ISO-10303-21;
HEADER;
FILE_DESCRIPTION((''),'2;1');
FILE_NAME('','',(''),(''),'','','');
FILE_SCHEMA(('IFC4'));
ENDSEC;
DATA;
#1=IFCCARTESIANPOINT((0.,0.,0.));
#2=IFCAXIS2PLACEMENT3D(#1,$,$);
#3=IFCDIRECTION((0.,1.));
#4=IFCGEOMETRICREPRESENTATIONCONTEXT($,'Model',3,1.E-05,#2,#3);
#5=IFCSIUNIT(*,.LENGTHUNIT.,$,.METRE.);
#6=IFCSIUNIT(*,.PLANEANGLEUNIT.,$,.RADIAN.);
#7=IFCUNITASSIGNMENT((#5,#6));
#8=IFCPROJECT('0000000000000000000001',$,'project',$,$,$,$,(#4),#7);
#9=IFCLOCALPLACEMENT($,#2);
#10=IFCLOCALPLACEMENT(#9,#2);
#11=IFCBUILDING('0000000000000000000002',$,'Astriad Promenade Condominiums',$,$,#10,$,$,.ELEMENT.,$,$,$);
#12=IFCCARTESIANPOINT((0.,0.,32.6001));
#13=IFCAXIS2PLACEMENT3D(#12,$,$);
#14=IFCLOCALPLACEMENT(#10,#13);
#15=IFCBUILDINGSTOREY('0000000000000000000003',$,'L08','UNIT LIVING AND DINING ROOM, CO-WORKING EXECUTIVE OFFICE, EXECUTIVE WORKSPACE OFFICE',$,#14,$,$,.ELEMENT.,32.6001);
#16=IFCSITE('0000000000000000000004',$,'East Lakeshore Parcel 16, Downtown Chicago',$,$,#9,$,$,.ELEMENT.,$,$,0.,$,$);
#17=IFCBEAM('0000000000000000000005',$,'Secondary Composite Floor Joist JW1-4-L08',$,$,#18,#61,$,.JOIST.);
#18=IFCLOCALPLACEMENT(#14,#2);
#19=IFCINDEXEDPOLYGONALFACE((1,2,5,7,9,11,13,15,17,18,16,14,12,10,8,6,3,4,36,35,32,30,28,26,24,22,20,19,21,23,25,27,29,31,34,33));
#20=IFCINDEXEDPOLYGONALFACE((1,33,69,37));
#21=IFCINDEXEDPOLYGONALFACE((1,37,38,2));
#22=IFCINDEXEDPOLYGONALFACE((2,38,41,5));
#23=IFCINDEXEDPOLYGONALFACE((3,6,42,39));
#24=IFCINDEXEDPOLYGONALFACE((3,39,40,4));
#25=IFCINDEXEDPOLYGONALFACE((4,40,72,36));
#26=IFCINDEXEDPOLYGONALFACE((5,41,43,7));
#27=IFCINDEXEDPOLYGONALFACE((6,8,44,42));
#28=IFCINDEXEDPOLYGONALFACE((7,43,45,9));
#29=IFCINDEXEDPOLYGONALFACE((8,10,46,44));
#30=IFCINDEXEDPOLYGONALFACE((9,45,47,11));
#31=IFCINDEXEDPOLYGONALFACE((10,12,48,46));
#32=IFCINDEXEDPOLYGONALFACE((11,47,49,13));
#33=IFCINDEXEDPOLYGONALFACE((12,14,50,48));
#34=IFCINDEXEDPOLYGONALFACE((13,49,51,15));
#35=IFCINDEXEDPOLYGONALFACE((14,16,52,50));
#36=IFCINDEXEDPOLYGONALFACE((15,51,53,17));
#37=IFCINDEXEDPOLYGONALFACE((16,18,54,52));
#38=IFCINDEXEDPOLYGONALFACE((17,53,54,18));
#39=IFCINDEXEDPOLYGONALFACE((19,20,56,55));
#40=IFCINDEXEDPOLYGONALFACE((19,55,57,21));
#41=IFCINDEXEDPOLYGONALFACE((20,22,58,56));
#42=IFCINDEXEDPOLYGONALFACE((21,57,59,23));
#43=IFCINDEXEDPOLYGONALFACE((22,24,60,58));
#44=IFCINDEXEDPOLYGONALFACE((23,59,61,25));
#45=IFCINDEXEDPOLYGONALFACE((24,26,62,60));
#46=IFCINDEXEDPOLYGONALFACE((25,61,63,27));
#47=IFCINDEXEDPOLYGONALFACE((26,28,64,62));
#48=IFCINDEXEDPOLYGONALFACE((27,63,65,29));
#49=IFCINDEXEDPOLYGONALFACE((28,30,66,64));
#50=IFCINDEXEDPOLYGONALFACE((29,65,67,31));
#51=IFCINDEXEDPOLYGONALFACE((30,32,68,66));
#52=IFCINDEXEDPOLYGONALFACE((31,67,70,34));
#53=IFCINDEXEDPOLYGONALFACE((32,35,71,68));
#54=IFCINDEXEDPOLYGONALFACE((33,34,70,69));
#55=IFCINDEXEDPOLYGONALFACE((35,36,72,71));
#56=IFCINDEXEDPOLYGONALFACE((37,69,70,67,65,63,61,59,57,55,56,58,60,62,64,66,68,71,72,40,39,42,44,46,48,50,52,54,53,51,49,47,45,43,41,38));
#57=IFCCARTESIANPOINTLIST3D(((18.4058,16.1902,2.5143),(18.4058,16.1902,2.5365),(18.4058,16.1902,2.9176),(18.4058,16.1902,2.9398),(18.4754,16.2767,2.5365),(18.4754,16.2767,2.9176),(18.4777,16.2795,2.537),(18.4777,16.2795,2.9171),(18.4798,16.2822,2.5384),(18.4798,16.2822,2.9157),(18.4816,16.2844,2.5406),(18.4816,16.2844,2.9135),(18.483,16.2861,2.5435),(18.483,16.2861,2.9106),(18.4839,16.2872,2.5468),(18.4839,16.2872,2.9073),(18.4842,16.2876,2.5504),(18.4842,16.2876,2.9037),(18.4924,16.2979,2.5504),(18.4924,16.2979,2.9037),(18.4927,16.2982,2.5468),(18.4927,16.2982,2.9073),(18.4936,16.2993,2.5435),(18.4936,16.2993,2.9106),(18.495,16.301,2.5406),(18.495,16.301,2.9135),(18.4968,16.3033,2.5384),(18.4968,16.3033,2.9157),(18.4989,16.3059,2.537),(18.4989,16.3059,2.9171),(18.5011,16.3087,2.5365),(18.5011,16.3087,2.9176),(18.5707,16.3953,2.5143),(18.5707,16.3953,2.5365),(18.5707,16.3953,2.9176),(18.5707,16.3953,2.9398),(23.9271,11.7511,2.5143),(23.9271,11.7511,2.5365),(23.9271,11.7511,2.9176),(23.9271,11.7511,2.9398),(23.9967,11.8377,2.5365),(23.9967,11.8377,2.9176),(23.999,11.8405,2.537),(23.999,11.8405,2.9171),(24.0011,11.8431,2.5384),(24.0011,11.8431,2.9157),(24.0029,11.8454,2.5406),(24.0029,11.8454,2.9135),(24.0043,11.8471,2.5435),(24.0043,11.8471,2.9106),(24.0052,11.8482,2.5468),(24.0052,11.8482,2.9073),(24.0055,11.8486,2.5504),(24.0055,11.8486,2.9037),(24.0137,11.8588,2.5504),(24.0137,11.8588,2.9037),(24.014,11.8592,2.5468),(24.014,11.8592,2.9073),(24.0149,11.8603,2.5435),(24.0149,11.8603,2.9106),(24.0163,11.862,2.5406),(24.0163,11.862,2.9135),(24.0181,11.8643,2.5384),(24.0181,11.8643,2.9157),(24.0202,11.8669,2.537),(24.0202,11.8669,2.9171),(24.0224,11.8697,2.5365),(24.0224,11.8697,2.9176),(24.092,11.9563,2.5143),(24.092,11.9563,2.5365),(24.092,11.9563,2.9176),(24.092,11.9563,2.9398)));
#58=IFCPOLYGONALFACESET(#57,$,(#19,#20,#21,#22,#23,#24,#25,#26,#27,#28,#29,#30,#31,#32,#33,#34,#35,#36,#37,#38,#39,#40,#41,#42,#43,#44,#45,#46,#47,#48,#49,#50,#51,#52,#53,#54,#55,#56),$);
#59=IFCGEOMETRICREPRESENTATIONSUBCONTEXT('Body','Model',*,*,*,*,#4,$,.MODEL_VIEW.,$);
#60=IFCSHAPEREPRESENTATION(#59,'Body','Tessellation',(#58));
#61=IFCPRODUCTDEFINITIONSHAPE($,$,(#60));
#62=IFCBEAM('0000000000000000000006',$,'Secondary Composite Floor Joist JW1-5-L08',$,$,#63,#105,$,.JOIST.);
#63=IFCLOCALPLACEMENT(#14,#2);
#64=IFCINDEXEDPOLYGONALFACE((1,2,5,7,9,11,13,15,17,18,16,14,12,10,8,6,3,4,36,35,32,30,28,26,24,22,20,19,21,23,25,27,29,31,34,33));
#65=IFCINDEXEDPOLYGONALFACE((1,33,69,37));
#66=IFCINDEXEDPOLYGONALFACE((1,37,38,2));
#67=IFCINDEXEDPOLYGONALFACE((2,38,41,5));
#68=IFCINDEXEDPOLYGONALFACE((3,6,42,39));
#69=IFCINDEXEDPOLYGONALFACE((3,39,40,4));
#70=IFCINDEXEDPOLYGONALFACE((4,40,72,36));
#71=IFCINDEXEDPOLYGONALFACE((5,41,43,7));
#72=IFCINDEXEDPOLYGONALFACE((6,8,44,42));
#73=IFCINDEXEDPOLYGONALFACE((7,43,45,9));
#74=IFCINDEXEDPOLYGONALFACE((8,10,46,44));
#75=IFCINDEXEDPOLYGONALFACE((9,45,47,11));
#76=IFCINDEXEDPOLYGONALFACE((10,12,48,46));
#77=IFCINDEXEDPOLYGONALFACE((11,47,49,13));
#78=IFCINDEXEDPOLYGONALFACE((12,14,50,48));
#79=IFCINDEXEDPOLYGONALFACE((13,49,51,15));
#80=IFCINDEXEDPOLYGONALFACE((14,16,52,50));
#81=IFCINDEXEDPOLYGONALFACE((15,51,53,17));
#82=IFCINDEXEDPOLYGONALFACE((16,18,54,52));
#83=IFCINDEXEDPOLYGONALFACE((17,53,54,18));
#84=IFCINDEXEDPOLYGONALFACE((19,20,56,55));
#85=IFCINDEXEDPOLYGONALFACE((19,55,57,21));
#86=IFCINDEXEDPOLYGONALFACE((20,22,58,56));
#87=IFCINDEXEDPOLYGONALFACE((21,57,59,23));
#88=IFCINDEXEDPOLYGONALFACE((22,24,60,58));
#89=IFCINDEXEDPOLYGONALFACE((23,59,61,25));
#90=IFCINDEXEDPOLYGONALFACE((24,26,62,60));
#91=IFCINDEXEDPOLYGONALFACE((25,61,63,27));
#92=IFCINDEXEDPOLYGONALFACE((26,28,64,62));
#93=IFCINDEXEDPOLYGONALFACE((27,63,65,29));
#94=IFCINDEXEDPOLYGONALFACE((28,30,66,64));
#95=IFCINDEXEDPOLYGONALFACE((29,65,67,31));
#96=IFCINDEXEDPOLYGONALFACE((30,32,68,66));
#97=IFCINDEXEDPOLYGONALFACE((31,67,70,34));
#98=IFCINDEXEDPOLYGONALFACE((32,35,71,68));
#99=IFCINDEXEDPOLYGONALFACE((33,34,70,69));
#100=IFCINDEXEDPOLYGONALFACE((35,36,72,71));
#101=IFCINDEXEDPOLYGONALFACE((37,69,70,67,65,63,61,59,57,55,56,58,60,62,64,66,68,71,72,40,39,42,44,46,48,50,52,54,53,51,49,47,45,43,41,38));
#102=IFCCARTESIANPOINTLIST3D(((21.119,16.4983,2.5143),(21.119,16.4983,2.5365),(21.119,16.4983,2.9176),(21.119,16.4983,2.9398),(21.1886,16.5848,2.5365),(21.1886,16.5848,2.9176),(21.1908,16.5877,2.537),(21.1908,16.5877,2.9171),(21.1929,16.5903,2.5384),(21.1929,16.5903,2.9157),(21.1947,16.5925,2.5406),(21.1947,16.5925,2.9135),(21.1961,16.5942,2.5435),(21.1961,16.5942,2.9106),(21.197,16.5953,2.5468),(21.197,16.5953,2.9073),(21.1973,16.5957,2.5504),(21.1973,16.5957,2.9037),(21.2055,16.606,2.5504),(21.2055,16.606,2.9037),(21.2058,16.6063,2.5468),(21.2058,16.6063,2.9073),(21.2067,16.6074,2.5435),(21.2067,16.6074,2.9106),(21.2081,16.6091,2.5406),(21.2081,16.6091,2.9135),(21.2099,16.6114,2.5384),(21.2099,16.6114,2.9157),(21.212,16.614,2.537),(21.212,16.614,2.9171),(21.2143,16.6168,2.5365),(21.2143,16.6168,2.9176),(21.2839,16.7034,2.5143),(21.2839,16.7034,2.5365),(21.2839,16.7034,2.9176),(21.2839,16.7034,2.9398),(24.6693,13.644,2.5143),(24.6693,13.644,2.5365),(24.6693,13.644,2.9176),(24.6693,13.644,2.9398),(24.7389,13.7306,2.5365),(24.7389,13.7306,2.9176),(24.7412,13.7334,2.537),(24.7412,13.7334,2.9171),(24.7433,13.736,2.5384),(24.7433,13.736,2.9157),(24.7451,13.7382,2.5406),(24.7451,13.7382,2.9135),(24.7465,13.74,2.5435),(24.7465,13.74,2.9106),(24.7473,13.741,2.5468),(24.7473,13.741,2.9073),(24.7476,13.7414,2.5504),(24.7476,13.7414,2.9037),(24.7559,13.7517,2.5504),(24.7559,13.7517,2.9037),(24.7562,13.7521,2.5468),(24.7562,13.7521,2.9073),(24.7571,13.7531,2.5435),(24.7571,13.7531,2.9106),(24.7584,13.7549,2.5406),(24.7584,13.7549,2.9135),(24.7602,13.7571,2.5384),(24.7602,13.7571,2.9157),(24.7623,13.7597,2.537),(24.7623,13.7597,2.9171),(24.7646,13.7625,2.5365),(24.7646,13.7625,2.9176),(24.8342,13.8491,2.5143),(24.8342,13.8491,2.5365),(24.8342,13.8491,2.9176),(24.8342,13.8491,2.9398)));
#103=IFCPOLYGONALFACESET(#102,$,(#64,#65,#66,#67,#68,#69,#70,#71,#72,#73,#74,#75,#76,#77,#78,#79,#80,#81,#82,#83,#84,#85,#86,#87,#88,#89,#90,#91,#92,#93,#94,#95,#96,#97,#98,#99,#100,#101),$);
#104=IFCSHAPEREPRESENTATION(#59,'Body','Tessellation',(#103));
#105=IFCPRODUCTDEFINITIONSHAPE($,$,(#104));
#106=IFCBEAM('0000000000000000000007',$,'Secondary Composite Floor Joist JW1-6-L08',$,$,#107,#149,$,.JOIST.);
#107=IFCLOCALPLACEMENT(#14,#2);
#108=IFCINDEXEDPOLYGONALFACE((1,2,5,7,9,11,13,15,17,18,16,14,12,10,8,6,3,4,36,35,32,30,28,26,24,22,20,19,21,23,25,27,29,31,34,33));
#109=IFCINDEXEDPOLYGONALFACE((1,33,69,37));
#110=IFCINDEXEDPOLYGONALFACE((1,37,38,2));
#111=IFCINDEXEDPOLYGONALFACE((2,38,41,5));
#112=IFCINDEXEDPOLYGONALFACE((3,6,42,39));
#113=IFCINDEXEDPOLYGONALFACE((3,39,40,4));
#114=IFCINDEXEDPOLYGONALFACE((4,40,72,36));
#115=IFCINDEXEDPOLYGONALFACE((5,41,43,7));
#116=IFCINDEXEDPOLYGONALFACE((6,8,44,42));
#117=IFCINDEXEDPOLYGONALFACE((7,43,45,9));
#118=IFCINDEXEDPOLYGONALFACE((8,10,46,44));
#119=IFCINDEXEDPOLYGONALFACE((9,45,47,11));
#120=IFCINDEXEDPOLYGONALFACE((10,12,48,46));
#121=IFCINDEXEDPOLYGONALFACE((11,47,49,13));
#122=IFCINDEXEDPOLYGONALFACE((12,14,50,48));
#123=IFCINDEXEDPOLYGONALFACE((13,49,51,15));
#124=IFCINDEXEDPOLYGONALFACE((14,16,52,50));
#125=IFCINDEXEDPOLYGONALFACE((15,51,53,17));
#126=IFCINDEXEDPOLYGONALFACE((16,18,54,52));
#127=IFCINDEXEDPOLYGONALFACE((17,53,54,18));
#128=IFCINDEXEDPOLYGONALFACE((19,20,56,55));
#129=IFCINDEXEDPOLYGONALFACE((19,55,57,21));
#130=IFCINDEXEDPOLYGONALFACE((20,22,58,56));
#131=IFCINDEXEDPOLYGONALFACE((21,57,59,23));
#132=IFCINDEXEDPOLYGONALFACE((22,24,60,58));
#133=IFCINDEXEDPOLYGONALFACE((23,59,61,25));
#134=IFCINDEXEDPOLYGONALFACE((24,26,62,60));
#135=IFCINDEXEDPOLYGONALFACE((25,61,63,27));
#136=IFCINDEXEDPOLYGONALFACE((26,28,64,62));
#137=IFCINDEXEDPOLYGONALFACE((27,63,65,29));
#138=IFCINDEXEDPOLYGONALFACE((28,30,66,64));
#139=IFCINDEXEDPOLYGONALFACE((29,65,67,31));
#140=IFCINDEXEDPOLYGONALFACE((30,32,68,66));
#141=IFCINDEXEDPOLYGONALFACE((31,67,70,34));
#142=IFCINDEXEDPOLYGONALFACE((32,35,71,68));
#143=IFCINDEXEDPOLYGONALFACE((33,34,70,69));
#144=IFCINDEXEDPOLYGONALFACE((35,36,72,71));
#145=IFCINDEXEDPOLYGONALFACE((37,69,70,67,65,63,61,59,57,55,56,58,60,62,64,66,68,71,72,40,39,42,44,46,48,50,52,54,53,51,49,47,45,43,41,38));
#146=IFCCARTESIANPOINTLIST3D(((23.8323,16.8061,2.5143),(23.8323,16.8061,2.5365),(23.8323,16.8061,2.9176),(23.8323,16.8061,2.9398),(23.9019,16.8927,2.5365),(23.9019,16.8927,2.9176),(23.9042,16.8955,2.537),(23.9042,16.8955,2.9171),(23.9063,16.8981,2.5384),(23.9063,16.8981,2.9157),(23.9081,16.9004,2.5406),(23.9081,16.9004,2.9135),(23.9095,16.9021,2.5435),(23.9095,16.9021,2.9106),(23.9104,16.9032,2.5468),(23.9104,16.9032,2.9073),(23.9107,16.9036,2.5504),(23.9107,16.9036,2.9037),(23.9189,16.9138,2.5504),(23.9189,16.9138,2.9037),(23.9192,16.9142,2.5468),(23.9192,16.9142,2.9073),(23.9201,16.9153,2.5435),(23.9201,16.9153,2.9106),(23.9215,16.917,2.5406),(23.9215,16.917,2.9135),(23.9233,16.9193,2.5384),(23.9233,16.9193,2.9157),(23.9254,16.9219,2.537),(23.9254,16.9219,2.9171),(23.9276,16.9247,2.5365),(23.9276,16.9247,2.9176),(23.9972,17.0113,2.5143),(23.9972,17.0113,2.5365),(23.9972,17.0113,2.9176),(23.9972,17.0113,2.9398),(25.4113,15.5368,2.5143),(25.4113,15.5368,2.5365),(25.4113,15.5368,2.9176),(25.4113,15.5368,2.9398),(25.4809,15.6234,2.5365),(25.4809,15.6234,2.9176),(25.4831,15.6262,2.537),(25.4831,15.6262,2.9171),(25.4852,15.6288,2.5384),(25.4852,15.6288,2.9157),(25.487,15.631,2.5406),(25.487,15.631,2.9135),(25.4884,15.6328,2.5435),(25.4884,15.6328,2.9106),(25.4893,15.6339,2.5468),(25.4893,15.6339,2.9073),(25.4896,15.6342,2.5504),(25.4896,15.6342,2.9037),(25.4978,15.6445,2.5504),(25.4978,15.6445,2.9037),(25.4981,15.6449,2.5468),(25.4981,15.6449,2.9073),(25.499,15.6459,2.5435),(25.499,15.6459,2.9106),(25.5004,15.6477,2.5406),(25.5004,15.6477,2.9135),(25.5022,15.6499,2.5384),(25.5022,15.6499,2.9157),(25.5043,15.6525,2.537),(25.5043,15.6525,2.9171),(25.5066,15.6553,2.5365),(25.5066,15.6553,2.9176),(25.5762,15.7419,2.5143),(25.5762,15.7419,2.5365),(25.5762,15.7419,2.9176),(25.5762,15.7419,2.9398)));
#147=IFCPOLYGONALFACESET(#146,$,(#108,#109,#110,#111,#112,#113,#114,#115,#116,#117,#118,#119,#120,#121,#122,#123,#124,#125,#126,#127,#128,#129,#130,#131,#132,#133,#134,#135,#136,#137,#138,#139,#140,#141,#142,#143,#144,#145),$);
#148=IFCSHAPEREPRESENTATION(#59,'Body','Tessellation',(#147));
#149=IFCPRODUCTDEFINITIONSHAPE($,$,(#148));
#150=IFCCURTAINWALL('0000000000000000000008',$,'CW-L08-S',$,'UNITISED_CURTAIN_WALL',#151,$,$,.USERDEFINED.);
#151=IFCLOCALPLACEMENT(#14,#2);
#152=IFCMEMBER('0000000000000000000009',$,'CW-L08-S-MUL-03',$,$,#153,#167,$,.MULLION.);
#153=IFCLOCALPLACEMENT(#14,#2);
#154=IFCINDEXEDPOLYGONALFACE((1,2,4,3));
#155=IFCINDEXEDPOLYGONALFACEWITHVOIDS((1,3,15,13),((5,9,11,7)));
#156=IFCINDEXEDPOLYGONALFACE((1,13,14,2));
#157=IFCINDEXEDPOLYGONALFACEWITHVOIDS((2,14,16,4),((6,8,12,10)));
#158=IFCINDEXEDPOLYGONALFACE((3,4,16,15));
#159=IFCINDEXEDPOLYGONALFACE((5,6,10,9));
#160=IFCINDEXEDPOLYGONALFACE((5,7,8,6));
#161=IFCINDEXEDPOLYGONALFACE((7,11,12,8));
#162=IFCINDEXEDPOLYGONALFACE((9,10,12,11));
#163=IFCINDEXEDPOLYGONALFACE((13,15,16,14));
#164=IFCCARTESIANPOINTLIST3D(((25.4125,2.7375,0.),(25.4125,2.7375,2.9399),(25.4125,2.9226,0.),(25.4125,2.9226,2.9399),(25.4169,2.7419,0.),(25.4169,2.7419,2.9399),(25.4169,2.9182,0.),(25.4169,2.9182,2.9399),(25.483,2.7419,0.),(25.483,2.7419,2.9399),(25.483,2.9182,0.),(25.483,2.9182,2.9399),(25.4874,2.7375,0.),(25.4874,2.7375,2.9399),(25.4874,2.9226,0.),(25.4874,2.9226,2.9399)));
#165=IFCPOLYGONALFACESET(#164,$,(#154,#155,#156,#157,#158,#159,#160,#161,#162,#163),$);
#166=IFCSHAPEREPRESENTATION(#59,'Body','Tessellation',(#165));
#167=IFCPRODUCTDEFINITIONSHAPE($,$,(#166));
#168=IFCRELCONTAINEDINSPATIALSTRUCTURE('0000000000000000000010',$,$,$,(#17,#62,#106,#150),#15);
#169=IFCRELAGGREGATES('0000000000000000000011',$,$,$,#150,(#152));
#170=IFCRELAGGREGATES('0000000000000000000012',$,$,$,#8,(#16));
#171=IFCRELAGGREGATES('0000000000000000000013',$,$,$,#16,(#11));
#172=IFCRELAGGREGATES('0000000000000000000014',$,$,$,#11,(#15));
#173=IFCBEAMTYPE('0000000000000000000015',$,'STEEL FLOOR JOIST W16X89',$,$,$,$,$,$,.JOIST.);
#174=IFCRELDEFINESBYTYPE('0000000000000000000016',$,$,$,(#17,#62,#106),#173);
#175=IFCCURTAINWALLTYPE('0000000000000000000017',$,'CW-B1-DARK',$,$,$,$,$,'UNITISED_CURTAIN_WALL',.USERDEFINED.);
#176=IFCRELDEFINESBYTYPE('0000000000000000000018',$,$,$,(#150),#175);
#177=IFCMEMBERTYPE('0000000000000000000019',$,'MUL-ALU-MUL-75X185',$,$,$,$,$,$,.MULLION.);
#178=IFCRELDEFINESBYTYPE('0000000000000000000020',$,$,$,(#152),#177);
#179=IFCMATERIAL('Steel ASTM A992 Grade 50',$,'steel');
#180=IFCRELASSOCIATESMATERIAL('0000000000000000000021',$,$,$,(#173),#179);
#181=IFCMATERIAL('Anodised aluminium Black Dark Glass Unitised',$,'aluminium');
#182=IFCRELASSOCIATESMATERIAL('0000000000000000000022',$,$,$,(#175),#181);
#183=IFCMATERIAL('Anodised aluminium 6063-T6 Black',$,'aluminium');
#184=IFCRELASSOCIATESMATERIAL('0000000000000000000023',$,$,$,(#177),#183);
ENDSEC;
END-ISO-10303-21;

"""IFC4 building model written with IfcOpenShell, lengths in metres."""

from ifc_helpers import new_model, si_unit, direction, frame, origin, origin_2d, place, context, subcontext, project, spatial, hollow_rectangle, i_section, extrude, source, transform, mapped, material, material_profile, profile_set, type_object, type_shapes, element, aggregate, save


model = new_model("IFC4")

# Units and contexts
model_context = context("Model", 3, precision=1e-05, world=origin(), true_north=direction((0.0, 1.0)))
body_context = subcontext(model_context, "Body", "Model", "MODEL_VIEW")
ifc_project = project(units=[si_unit("LENGTHUNIT", "METRE"), si_unit("PLANEANGLEUNIT", "RADIAN")], contexts=[model_context])

# Site, building, storey
site_placement = place(None, origin())
site = spatial("IfcSite", under=ifc_project, at=site_placement, Name="East Lakeshore Parcel 16, Downtown Chicago", CompositionType="ELEMENT", RefElevation=0.0)
building_placement = place(site_placement, origin())
building = spatial("IfcBuilding", under=site, at=building_placement, Name="Astriad Promenade Condominiums", CompositionType="ELEMENT")
storey_placement = place(building_placement, frame((0.0, 0.0, 32.6001)))
storey = spatial("IfcBuildingStorey", under=building, at=storey_placement, Name="L08", Description="UNIT LIVING AND DINING ROOM, CO-WORKING EXECUTIVE OFFICE, EXECUTIVE WORKSPACE OFFICE", CompositionType="ELEMENT", Elevation=32.6001)

# Beams
ifc_material_1 = material(Name="Steel ASTM A992 Grade 50", Category="steel")
ifc_material_profile_1 = material_profile(ifc_material_1, i_section(OverallWidth=0.2632, OverallDepth=0.4255, WebThickness=0.0132, FlangeThickness=0.0222, FilletRadius=0.0139, at=origin_2d()), Name="W16X89")
ifc_profile_set_1 = profile_set([ifc_material_profile_1], Name="Steel ASTM A992 Grade 50")
beam_type_1 = type_object("IfcBeamType", Name="STEEL FLOOR JOIST W16X89", PredefinedType="JOIST", material=ifc_profile_set_1)
shared_shape_1 = source(origin(), body_context, "Body", "SweptSolid", [
    extrude(i_section(OverallWidth=0.2632, OverallDepth=0.4255, WebThickness=0.0132, FlangeThickness=0.0222, FilletRadius=0.0139, at=origin_2d()), origin(), (0.0, 0.0, 1.0), 7.0845),
])
beam_1_placement = place(storey_placement, frame((18.4883, 16.2927, 2.7271), z_axis=(0.779354, -0.626584, 0.0), x_axis=(0.626584, 0.779354, 0.0)))
element("IfcBeam", 1, at=beam_1_placement, inside=storey, type_object=beam_type_1, Name="Secondary Composite Floor Joist JW1-4-L08", PredefinedType="JOIST", context=body_context, shape_type="MappedRepresentation", body=[
    mapped(shared_shape_1, transform((0.0, 0.0, 0.0), scale=1.0)),
])
shared_shape_2 = source(origin(), body_context, "Body", "SweptSolid", [
    extrude(i_section(OverallWidth=0.2632, OverallDepth=0.4255, WebThickness=0.0132, FlangeThickness=0.0222, FilletRadius=0.0139, at=origin_2d()), origin(), (0.0, 0.0, 1.0), 4.5554),
])
beam_2_placement = place(storey_placement, frame((21.2014, 16.6008, 2.7271), z_axis=(0.779366, -0.626569, 0.0), x_axis=(0.626569, 0.779366, 0.0)))
element("IfcBeam", 2, at=beam_2_placement, inside=storey, type_object=beam_type_1, Name="Secondary Composite Floor Joist JW1-5-L08", PredefinedType="JOIST", context=body_context, shape_type="MappedRepresentation", body=[
    mapped(shared_shape_2, transform((0.0, 0.0, 0.0), scale=1.0)),
])
shared_shape_3 = source(origin(), body_context, "Body", "SweptSolid", [
    extrude(i_section(OverallWidth=0.2632, OverallDepth=0.4255, WebThickness=0.0132, FlangeThickness=0.0222, FilletRadius=0.0139, at=origin_2d()), origin(), (0.0, 0.0, 1.0), 2.0259),
])
beam_3_placement = place(storey_placement, frame((23.9148, 16.9087, 2.7271), z_axis=(0.779373, -0.62656, 0.0), x_axis=(0.62656, 0.779373, 0.0)))
element("IfcBeam", 3, at=beam_3_placement, inside=storey, type_object=beam_type_1, Name="Secondary Composite Floor Joist JW1-6-L08", PredefinedType="JOIST", context=body_context, shape_type="MappedRepresentation", body=[
    mapped(shared_shape_3, transform((0.0, 0.0, 0.0), scale=1.0)),
])

# Curtain wall, member
ifc_material_2 = material(Name="Anodised aluminium Black Dark Glass Unitised", Category="aluminium")
curtain_wall_type = type_object("IfcCurtainWallType", Name="CW-B1-DARK", ElementType="UNITISED_CURTAIN_WALL", PredefinedType="USERDEFINED", material=ifc_material_2)
curtain_wall_placement = place(storey_placement, origin())
curtain_wall = element("IfcCurtainWall", 4, at=curtain_wall_placement, inside=storey, type_object=curtain_wall_type, Name="CW-L08-S", ObjectType="UNITISED_CURTAIN_WALL", PredefinedType="USERDEFINED")
ifc_material_3 = material(Name="Anodised aluminium 6063-T6 Black", Category="aluminium")
ifc_material_profile_2 = material_profile(ifc_material_3, hollow_rectangle(XDim=0.075, YDim=0.1851, WallThickness=0.0044, at=origin_2d()), Name="ALU-MUL-75X185")
ifc_profile_set_2 = profile_set([ifc_material_profile_2], Name="Anodised aluminium 6063-T6 Black")
member_type = type_object("IfcMemberType", Name="MUL-ALU-MUL-75X185", PredefinedType="MULLION", material=ifc_profile_set_2)
shared_shape_4 = source(origin(), body_context, "Body", "SweptSolid", [
    extrude(hollow_rectangle(XDim=0.075, YDim=0.1851, WallThickness=0.0044, at=origin_2d()), origin(), (0.0, 0.0, 1.0), 2.9399),
])
type_shapes(member_type, [shared_shape_4])
member_placement = place(storey_placement, frame((25.45, 2.8301, 0.0), z_axis=(0.0, 0.0, 1.0), x_axis=(1.0, 0.0, 0.0)))
member = element("IfcMember", 5, at=member_placement, type_object=member_type, Name="CW-L08-S-MUL-03", PredefinedType="MULLION", context=body_context, shape_type="MappedRepresentation", body=[
    mapped(shared_shape_4, transform((0.0, 0.0, 0.0), scale=1.0)),
])
aggregate(curtain_wall, [member])

save(model, "model.ifc")
